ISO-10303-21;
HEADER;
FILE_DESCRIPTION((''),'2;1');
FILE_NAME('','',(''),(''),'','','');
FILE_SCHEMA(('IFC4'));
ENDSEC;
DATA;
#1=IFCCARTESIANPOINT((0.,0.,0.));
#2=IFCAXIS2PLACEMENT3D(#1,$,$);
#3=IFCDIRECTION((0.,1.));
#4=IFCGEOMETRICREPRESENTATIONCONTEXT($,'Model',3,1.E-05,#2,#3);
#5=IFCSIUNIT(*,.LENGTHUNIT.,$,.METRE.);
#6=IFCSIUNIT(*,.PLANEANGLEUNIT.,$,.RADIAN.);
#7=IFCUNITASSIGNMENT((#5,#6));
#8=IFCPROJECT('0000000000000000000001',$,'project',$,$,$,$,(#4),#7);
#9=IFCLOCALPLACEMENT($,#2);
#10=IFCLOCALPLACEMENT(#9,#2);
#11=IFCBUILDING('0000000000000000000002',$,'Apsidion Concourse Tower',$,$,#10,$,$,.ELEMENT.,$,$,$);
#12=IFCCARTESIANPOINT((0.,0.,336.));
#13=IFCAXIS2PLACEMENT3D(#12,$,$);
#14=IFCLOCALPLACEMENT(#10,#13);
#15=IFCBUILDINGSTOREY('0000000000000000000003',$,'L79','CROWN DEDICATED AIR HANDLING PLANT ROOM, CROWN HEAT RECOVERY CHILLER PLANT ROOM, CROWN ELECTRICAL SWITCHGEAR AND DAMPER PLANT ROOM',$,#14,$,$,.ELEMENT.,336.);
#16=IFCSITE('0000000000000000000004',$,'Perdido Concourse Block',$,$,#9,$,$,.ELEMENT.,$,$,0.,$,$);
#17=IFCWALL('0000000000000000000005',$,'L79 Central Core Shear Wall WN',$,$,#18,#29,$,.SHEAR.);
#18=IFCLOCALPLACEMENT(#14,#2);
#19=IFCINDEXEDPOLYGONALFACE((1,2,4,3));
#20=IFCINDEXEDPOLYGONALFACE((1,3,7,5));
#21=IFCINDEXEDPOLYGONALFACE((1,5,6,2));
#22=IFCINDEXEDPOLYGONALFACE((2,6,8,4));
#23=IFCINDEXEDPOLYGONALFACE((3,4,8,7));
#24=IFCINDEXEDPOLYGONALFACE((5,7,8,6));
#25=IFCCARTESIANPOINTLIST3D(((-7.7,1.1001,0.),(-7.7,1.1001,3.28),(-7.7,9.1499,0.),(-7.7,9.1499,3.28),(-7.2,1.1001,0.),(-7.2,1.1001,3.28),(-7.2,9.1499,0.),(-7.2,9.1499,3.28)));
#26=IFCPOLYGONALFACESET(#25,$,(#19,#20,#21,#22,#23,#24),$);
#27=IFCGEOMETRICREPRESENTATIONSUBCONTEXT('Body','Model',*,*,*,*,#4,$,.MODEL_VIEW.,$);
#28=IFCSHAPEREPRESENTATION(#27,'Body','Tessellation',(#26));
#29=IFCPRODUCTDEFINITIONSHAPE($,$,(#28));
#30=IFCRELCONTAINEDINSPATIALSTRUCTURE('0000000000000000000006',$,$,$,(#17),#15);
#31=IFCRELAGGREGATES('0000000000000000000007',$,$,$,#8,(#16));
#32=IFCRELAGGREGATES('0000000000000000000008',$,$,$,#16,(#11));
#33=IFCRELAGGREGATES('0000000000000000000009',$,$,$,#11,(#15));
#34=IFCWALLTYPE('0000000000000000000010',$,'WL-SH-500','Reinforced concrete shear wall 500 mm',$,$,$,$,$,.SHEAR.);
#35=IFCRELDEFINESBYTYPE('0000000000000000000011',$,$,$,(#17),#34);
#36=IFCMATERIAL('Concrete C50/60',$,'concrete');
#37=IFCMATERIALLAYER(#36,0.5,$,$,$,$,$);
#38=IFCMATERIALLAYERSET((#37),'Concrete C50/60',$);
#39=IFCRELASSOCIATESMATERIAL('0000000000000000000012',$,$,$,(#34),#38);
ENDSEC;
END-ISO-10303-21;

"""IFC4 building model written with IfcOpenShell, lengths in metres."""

from ifc_helpers import new_model, si_unit, direction, frame, frame_2d, origin, place, context, subcontext, project, spatial, rectangle, extrude, material, layer, layer_set, type_object, element, save


model = new_model("IFC4")

# Units and contexts
model_context = context("Model", 3, precision=1e-05, world=origin(), true_north=direction((0.0, 1.0)))
body_context = subcontext(model_context, "Body", "Model", "MODEL_VIEW")
ifc_project = project(units=[si_unit("LENGTHUNIT", "METRE"), si_unit("PLANEANGLEUNIT", "RADIAN")], contexts=[model_context])

# Site, building, storey
site_placement = place(None, origin())
site = spatial("IfcSite", under=ifc_project, at=site_placement, Name="Perdido Concourse Block", CompositionType="ELEMENT", RefElevation=0.0)
building_placement = place(site_placement, origin())
building = spatial("IfcBuilding", under=site, at=building_placement, Name="Apsidion Concourse Tower", CompositionType="ELEMENT")
storey_placement = place(building_placement, frame((0.0, 0.0, 336.0)))
storey = spatial("IfcBuildingStorey", under=building, at=storey_placement, Name="L79", Description="CROWN DEDICATED AIR HANDLING PLANT ROOM, CROWN HEAT RECOVERY CHILLER PLANT ROOM, CROWN ELECTRICAL SWITCHGEAR AND DAMPER PLANT ROOM", CompositionType="ELEMENT", Elevation=336.0)

# Shared definitions
ifc_material_1 = material(Name="Concrete C50/60", Category="concrete")

# Wall
ifc_layer_1 = layer(ifc_material_1, 0.5)
ifc_layer_set_1 = layer_set([ifc_layer_1], Name="Concrete C50/60")
wall_type_1 = type_object("IfcWallType", Name="WL-SH-500", Description="Reinforced concrete shear wall 500 mm", PredefinedType="SHEAR", material=ifc_layer_set_1)
wall_1_placement = place(storey_placement, frame((-7.45, 1.1001, 0.0), z_axis=(0.0, 0.0, 1.0), x_axis=(0.0, 1.0, 0.0)))
element("IfcWall", 1, at=wall_1_placement, inside=storey, type_object=wall_type_1, Name="L79 Central Core Shear Wall WN", PredefinedType="SHEAR", context=body_context, shape_type="SweptSolid", body=[
    extrude(rectangle(XDim=8.0498, YDim=0.5, at=frame_2d((4.0249, 0.0))), origin(), (0.0, 0.0, 1.0), 3.28),
])

save(model, "model.ifc")
